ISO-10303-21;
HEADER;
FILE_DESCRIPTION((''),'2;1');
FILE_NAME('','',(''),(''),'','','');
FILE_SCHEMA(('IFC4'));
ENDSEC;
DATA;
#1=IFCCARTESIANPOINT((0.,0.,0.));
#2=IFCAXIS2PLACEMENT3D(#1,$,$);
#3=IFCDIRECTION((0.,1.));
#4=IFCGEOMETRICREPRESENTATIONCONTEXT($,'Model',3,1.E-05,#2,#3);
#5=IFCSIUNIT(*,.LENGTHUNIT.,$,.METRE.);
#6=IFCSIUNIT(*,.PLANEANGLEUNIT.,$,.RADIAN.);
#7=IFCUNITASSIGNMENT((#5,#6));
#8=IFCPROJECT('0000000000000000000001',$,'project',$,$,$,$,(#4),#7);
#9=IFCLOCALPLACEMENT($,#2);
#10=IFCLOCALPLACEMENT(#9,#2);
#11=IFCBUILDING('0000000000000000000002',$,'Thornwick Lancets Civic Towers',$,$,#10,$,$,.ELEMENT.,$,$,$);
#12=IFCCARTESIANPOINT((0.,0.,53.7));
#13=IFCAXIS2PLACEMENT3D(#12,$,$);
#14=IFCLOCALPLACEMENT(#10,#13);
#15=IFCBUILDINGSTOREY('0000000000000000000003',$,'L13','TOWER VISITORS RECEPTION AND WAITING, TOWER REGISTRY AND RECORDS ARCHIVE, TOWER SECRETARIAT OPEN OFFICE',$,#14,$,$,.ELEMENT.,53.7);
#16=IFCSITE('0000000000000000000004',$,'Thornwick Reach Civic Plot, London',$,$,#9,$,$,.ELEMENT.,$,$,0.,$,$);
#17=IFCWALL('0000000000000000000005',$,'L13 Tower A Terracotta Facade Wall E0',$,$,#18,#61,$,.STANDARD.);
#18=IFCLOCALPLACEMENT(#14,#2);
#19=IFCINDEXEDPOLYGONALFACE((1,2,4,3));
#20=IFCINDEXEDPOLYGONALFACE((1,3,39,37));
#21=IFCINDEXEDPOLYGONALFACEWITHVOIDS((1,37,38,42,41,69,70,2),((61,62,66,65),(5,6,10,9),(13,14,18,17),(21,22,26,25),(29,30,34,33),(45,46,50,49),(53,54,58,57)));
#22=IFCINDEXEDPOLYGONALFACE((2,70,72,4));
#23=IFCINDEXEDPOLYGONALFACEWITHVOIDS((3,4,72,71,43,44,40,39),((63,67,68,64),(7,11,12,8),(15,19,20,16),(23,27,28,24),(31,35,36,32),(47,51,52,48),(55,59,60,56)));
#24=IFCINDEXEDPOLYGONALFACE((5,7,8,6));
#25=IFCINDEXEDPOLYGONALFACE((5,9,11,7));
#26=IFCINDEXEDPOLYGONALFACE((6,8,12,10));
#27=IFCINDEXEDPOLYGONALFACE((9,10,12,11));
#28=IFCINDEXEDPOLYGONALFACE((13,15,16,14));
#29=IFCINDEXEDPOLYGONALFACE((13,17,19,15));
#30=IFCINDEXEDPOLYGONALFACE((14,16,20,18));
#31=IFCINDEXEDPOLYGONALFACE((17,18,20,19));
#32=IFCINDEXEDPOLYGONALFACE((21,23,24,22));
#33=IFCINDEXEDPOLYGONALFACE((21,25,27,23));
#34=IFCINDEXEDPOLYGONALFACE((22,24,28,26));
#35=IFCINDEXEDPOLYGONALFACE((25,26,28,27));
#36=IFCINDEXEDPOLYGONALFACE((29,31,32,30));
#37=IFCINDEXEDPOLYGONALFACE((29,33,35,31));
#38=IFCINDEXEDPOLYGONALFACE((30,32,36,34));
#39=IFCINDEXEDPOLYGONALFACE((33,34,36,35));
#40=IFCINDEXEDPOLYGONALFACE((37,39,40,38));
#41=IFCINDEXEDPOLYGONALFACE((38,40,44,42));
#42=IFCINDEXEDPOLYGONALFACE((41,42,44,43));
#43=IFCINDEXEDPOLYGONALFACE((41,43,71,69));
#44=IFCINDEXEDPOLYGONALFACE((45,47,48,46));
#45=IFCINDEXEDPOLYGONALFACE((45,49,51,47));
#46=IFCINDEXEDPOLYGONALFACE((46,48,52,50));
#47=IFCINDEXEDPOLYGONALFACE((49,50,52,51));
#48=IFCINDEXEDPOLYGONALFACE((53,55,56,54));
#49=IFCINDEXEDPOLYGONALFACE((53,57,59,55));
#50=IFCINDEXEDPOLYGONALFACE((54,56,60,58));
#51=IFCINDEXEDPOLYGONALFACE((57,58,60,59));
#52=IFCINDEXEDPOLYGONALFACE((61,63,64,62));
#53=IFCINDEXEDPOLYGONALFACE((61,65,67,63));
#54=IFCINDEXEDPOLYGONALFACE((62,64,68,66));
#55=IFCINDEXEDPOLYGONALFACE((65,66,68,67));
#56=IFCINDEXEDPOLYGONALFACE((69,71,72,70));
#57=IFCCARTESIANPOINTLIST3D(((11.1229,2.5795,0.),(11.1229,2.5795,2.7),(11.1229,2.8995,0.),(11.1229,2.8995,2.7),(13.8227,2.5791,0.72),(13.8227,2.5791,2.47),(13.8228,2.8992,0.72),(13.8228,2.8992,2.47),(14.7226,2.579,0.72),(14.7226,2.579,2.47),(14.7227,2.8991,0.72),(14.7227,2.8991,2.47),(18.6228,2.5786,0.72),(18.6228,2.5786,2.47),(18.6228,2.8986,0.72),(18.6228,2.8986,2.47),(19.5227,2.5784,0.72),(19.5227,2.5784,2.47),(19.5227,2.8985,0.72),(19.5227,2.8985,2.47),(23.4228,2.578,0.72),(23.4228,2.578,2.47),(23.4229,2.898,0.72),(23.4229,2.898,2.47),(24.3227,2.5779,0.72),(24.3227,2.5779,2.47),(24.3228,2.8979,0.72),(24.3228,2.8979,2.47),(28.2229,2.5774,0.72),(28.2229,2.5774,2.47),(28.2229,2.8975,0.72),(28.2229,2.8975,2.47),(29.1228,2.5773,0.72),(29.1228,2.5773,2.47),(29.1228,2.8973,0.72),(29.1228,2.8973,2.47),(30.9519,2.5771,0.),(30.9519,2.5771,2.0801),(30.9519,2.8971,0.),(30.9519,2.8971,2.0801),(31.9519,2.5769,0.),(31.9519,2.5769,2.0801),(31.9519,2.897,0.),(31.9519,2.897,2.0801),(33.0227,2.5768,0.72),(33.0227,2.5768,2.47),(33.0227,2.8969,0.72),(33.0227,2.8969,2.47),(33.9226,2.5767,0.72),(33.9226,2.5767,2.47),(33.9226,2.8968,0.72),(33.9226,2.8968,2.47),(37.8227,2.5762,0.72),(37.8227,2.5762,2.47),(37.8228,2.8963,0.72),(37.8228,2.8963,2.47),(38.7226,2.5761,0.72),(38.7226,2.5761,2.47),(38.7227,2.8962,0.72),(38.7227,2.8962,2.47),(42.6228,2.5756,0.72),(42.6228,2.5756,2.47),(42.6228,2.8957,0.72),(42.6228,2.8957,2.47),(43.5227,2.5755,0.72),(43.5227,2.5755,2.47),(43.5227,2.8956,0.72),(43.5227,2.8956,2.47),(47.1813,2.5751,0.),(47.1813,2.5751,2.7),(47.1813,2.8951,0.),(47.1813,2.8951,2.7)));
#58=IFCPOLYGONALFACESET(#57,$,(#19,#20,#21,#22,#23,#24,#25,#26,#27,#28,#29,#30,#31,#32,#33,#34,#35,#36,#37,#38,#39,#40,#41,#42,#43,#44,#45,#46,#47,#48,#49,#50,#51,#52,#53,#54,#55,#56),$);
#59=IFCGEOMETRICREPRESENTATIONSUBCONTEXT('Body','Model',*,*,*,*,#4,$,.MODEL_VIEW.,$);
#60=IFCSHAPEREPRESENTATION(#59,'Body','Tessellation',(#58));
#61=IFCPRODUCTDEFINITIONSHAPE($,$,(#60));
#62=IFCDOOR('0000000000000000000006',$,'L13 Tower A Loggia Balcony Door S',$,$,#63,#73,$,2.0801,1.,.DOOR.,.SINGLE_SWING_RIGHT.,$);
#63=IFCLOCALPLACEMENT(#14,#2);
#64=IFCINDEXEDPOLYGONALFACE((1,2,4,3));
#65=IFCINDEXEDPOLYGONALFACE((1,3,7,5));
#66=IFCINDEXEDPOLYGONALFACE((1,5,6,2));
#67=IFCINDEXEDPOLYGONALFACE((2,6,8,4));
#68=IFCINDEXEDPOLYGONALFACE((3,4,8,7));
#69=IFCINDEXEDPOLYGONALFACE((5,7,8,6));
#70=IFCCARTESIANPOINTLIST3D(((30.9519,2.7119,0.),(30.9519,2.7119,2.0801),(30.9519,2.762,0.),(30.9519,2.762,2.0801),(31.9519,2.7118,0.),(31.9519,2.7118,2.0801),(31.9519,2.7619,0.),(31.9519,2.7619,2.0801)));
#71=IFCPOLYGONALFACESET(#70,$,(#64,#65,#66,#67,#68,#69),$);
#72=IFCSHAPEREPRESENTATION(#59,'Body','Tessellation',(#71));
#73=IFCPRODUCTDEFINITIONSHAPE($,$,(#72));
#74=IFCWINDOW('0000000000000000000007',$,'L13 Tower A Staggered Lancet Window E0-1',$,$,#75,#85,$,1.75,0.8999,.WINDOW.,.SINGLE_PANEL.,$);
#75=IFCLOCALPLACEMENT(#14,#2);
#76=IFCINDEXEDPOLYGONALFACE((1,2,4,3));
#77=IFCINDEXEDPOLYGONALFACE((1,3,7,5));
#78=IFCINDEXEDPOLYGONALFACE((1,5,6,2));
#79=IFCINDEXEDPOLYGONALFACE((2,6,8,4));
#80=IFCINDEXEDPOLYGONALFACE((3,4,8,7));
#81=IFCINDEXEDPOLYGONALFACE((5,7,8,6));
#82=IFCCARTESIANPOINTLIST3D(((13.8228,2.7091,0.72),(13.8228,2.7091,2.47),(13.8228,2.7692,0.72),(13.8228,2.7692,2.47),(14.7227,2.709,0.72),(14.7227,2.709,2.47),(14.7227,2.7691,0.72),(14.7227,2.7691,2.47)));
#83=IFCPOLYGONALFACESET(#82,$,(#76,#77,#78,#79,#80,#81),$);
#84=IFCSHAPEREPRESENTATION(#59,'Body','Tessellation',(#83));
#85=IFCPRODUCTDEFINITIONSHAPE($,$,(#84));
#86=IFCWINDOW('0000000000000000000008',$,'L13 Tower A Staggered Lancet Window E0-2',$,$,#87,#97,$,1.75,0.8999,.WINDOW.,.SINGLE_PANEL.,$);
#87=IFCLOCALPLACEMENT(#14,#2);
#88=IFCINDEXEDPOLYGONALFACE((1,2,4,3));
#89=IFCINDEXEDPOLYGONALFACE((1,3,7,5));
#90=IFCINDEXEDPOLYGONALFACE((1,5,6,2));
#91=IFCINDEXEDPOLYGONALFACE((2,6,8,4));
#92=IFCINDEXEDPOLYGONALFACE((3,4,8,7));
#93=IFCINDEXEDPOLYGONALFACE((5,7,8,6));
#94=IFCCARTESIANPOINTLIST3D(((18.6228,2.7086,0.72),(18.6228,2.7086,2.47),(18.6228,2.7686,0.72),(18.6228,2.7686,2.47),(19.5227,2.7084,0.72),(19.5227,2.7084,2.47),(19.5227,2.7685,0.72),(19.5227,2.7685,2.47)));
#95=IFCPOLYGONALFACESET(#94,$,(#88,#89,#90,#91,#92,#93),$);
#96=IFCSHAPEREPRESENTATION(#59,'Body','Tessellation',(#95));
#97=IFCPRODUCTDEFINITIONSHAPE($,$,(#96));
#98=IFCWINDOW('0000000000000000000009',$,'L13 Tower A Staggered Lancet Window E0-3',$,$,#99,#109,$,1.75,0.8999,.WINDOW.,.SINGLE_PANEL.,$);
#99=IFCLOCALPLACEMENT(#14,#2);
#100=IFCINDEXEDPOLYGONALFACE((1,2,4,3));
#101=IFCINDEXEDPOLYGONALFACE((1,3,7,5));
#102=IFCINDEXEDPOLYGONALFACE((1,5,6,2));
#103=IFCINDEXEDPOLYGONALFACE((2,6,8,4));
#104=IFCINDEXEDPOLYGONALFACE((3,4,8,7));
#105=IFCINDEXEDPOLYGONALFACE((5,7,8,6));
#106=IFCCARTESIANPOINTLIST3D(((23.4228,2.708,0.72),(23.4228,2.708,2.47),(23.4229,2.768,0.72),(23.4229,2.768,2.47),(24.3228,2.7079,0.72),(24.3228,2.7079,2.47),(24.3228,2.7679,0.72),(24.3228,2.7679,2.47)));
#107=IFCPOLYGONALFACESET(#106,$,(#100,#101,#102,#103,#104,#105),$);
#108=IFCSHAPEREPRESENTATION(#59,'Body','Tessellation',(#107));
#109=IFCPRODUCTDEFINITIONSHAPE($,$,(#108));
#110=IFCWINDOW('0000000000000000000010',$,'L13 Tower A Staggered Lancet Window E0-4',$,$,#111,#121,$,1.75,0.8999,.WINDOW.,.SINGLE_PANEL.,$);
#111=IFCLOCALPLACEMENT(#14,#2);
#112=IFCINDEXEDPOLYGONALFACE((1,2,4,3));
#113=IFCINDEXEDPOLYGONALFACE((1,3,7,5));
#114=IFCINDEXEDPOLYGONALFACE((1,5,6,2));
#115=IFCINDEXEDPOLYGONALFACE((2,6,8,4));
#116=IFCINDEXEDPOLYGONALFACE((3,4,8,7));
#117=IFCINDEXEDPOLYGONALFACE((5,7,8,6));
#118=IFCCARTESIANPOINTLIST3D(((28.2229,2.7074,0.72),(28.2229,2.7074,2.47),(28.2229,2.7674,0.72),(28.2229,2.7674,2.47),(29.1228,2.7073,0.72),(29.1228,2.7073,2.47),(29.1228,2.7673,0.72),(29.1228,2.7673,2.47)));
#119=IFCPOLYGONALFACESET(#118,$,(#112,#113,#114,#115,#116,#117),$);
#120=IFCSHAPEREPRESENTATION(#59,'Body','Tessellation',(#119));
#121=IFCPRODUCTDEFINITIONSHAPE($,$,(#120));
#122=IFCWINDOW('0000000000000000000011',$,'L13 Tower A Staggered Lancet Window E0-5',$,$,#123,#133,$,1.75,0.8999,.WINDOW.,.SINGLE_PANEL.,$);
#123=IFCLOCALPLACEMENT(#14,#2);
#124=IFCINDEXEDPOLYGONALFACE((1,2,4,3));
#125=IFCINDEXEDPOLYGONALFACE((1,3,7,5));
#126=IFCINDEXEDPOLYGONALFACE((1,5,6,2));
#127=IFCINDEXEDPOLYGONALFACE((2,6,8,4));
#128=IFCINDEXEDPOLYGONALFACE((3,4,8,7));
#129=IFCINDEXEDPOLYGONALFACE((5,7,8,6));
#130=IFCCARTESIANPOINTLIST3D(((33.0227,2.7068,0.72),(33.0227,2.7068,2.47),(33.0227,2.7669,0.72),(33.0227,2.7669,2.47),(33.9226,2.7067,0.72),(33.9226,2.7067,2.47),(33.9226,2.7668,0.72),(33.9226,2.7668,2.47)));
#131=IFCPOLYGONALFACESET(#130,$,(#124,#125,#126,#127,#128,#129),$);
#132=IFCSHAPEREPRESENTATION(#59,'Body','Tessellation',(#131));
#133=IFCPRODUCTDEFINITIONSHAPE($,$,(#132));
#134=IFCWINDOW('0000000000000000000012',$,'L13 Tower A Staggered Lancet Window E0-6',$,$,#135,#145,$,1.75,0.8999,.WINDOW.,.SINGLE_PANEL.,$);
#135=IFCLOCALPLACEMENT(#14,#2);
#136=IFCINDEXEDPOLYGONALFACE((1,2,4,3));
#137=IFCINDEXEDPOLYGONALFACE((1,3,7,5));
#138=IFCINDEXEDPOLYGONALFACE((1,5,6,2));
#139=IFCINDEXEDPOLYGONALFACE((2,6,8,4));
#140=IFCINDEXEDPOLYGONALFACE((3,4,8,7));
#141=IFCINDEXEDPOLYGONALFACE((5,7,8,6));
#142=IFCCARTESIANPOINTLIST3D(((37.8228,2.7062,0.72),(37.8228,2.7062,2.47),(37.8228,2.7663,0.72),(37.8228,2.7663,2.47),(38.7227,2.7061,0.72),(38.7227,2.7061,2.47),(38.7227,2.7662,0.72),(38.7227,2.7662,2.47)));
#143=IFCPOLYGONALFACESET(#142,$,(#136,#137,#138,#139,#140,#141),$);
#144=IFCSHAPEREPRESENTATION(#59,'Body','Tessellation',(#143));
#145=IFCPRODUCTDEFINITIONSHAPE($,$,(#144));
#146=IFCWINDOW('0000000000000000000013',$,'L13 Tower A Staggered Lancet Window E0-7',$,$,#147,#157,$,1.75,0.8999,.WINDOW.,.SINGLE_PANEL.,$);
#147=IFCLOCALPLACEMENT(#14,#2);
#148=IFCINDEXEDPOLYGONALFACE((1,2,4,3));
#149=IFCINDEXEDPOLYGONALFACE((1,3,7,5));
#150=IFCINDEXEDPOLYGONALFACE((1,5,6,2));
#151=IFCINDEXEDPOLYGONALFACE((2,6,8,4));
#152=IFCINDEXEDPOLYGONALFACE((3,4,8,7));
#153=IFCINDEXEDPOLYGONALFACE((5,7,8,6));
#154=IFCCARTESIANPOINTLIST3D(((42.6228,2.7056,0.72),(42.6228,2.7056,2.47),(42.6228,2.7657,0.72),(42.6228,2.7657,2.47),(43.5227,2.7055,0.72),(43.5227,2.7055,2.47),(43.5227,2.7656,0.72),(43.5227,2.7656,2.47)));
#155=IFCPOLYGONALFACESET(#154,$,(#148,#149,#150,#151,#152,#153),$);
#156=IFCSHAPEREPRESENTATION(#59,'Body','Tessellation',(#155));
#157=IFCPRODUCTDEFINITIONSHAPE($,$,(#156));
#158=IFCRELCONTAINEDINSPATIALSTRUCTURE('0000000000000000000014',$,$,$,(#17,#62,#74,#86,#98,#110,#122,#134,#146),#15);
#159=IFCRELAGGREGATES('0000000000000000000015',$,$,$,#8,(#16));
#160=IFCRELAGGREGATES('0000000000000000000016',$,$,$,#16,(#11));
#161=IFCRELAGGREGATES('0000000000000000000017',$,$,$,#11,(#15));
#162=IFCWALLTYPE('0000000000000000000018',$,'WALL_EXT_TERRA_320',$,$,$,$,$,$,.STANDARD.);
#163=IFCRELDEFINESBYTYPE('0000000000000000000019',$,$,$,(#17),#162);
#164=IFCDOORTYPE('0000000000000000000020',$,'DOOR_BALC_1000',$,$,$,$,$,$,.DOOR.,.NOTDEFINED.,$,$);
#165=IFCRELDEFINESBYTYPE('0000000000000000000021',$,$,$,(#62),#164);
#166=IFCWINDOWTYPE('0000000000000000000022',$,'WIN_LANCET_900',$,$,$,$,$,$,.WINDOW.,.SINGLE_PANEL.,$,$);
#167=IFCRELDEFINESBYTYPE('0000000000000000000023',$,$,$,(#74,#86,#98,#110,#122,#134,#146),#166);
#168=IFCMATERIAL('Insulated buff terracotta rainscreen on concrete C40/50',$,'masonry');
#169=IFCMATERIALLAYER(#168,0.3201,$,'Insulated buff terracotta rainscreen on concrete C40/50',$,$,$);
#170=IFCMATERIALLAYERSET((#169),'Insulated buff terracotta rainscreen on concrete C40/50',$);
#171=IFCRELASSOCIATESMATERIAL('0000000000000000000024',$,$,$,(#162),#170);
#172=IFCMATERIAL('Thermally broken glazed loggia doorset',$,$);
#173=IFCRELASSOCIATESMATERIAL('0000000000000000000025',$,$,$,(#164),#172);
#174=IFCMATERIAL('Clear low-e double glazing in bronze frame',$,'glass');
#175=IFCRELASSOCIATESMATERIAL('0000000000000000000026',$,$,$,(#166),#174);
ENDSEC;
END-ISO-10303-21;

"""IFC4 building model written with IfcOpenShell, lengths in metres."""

from ifc_helpers import new_model, si_unit, direction, frame, frame_2d, origin, place, context, subcontext, project, spatial, rectangle, extrude, material, layer, layer_set, type_object, element, fill, save


model = new_model("IFC4")

# Units and contexts
model_context = context("Model", 3, precision=1e-05, world=origin(), true_north=direction((0.0, 1.0)))
body_context = subcontext(model_context, "Body", "Model", "MODEL_VIEW")
ifc_project = project(units=[si_unit("LENGTHUNIT", "METRE"), si_unit("PLANEANGLEUNIT", "RADIAN")], contexts=[model_context])

# Site, building, storey
site_placement = place(None, origin())
site = spatial("IfcSite", under=ifc_project, at=site_placement, Name="Thornwick Reach Civic Plot, London", CompositionType="ELEMENT", RefElevation=0.0)
building_placement = place(site_placement, origin())
building = spatial("IfcBuilding", under=site, at=building_placement, Name="Thornwick Lancets Civic Towers", CompositionType="ELEMENT")
storey_placement = place(building_placement, frame((0.0, 0.0, 53.7)))
storey = spatial("IfcBuildingStorey", under=building, at=storey_placement, Name="L13", Description="TOWER VISITORS RECEPTION AND WAITING, TOWER REGISTRY AND RECORDS ARCHIVE, TOWER SECRETARIAT OPEN OFFICE", CompositionType="ELEMENT", Elevation=53.7)

# Wall, openings, door, windows
ifc_material_1 = material(Name="Insulated buff terracotta rainscreen on concrete C40/50", Category="masonry")
ifc_layer_1 = layer(ifc_material_1, 0.3201, Name="Insulated buff terracotta rainscreen on concrete C40/50")
ifc_layer_set_1 = layer_set([ifc_layer_1], Name="Insulated buff terracotta rainscreen on concrete C40/50")
wall_type_1 = type_object("IfcWallType", Name="WALL_EXT_TERRA_320", PredefinedType="STANDARD", material=ifc_layer_set_1)
wall_1_placement = place(storey_placement, frame((11.1228, 2.7395, 0.0), z_axis=(0.0, 0.0, 1.0), x_axis=(1.0, -0.000122, 0.0)))
wall_1 = element("IfcWall", 1, at=wall_1_placement, inside=storey, type_object=wall_type_1, Name="L13 Tower A Terracotta Facade Wall E0", PredefinedType="STANDARD", context=body_context, shape_type="SweptSolid", body=[
    extrude(rectangle(XDim=36.0583, YDim=0.3201, at=frame_2d((18.0293, 0.0))), origin(), (0.0, 0.0, 1.0), 2.7),
])
opening_1_placement = place(wall_1_placement, frame((19.8291, 0.0, 0.0)))
opening_1 = element("IfcOpeningElement", 2, at=opening_1_placement, cuts=wall_1, PredefinedType="OPENING", context=body_context, shape_type="SweptSolid", body=[
    extrude(rectangle(XDim=1.0, YDim=2.0801, at=frame_2d((0.5, 1.04))), frame((0.0, 0.1699, 0.0), z_axis=(0.0, -1.0, 0.0), x_axis=(1.0, 0.0, 0.0)), (0.0, 0.0, 1.0), 0.3401),
])
opening_2_placement = place(wall_1_placement, frame((2.7, 0.0, 0.72)))
opening_2 = element("IfcOpeningElement", 3, at=opening_2_placement, cuts=wall_1, PredefinedType="OPENING", context=body_context, shape_type="SweptSolid", body=[
    extrude(rectangle(XDim=0.8999, YDim=1.75, at=frame_2d((0.45, 0.875))), frame((0.0, 0.1699, 0.0), z_axis=(0.0, -1.0, 0.0), x_axis=(1.0, 0.0, 0.0)), (0.0, 0.0, 1.0), 0.3401),
])
opening_3_placement = place(wall_1_placement, frame((7.5, 0.0, 0.72)))
opening_3 = element("IfcOpeningElement", 4, at=opening_3_placement, cuts=wall_1, PredefinedType="OPENING", context=body_context, shape_type="SweptSolid", body=[
    extrude(rectangle(XDim=0.8999, YDim=1.75, at=frame_2d((0.45, 0.875))), frame((0.0, 0.1699, 0.0), z_axis=(0.0, -1.0, 0.0), x_axis=(1.0, 0.0, 0.0)), (0.0, 0.0, 1.0), 0.3401),
])
opening_4_placement = place(wall_1_placement, frame((12.3, 0.0, 0.72)))
opening_4 = element("IfcOpeningElement", 5, at=opening_4_placement, cuts=wall_1, PredefinedType="OPENING", context=body_context, shape_type="SweptSolid", body=[
    extrude(rectangle(XDim=0.8999, YDim=1.75, at=frame_2d((0.45, 0.875))), frame((0.0, 0.1699, 0.0), z_axis=(0.0, -1.0, 0.0), x_axis=(1.0, 0.0, 0.0)), (0.0, 0.0, 1.0), 0.3401),
])
opening_5_placement = place(wall_1_placement, frame((17.1001, 0.0, 0.72)))
opening_5 = element("IfcOpeningElement", 6, at=opening_5_placement, cuts=wall_1, PredefinedType="OPENING", context=body_context, shape_type="SweptSolid", body=[
    extrude(rectangle(XDim=0.8999, YDim=1.75, at=frame_2d((0.45, 0.875))), frame((0.0, 0.1699, 0.0), z_axis=(0.0, -1.0, 0.0), x_axis=(1.0, 0.0, 0.0)), (0.0, 0.0, 1.0), 0.3401),
])
opening_6_placement = place(wall_1_placement, frame((21.8999, 0.0, 0.72)))
opening_6 = element("IfcOpeningElement", 7, at=opening_6_placement, cuts=wall_1, PredefinedType="OPENING", context=body_context, shape_type="SweptSolid", body=[
    extrude(rectangle(XDim=0.8999, YDim=1.75, at=frame_2d((0.45, 0.875))), frame((0.0, 0.1699, 0.0), z_axis=(0.0, -1.0, 0.0), x_axis=(1.0, 0.0, 0.0)), (0.0, 0.0, 1.0), 0.3401),
])
opening_7_placement = place(wall_1_placement, frame((26.7, 0.0, 0.72)))
opening_7 = element("IfcOpeningElement", 8, at=opening_7_placement, cuts=wall_1, PredefinedType="OPENING", context=body_context, shape_type="SweptSolid", body=[
    extrude(rectangle(XDim=0.8999, YDim=1.75, at=frame_2d((0.45, 0.875))), frame((0.0, 0.1699, 0.0), z_axis=(0.0, -1.0, 0.0), x_axis=(1.0, 0.0, 0.0)), (0.0, 0.0, 1.0), 0.3401),
])
opening_8_placement = place(wall_1_placement, frame((31.5, 0.0, 0.72)))
opening_8 = element("IfcOpeningElement", 9, at=opening_8_placement, cuts=wall_1, PredefinedType="OPENING", context=body_context, shape_type="SweptSolid", body=[
    extrude(rectangle(XDim=0.8999, YDim=1.75, at=frame_2d((0.45, 0.875))), frame((0.0, 0.1699, 0.0), z_axis=(0.0, -1.0, 0.0), x_axis=(1.0, 0.0, 0.0)), (0.0, 0.0, 1.0), 0.3401),
])
ifc_material_2 = material(Name="Thermally broken glazed loggia doorset")
door_type = type_object("IfcDoorType", Name="DOOR_BALC_1000", OperationType="NOTDEFINED", PredefinedType="DOOR", material=ifc_material_2)
door_placement = place(opening_1_placement, origin())
door = element("IfcDoor", 10, at=door_placement, inside=storey, type_object=door_type, Name="L13 Tower A Loggia Balcony Door S", OperationType="SINGLE_SWING_RIGHT", OverallHeight=2.0801, OverallWidth=1.0, PredefinedType="DOOR", context=body_context, shape_type="SweptSolid", body=[
    extrude(rectangle(XDim=1.0, YDim=2.0801, at=frame_2d((0.5, 1.04))), frame((0.0, 0.0249, 0.0), z_axis=(0.0, -1.0, 0.0), x_axis=(1.0, 0.0, 0.0)), (0.0, 0.0, 1.0), 0.05),
])
fill(opening_1, door)
ifc_material_3 = material(Name="Clear low-e double glazing in bronze frame", Category="glass")
window_type = type_object("IfcWindowType", Name="WIN_LANCET_900", PartitioningType="SINGLE_PANEL", PredefinedType="WINDOW", material=ifc_material_3)
window_1_placement = place(opening_2_placement, origin())
window_1 = element("IfcWindow", 11, at=window_1_placement, inside=storey, type_object=window_type, Name="L13 Tower A Staggered Lancet Window E0-1", OverallHeight=1.75, OverallWidth=0.8999, PartitioningType="SINGLE_PANEL", PredefinedType="WINDOW", context=body_context, shape_type="SweptSolid", body=[
    extrude(rectangle(XDim=0.8999, YDim=1.75, at=frame_2d((0.45, 0.875))), frame((0.0, 0.03, 0.0), z_axis=(0.0, -1.0, 0.0), x_axis=(1.0, 0.0, 0.0)), (0.0, 0.0, 1.0), 0.0601),
])
fill(opening_2, window_1)
window_2_placement = place(opening_3_placement, origin())
window_2 = element("IfcWindow", 12, at=window_2_placement, inside=storey, type_object=window_type, Name="L13 Tower A Staggered Lancet Window E0-2", OverallHeight=1.75, OverallWidth=0.8999, PartitioningType="SINGLE_PANEL", PredefinedType="WINDOW", context=body_context, shape_type="SweptSolid", body=[
    extrude(rectangle(XDim=0.8999, YDim=1.75, at=frame_2d((0.45, 0.875))), frame((0.0, 0.03, 0.0), z_axis=(0.0, -1.0, 0.0), x_axis=(1.0, 0.0, 0.0)), (0.0, 0.0, 1.0), 0.0601),
])
fill(opening_3, window_2)
window_3_placement = place(opening_4_placement, origin())
window_3 = element("IfcWindow", 13, at=window_3_placement, inside=storey, type_object=window_type, Name="L13 Tower A Staggered Lancet Window E0-3", OverallHeight=1.75, OverallWidth=0.8999, PartitioningType="SINGLE_PANEL", PredefinedType="WINDOW", context=body_context, shape_type="SweptSolid", body=[
    extrude(rectangle(XDim=0.8999, YDim=1.75, at=frame_2d((0.45, 0.875))), frame((0.0, 0.03, 0.0), z_axis=(0.0, -1.0, 0.0), x_axis=(1.0, 0.0, 0.0)), (0.0, 0.0, 1.0), 0.0601),
])
fill(opening_4, window_3)
window_4_placement = place(opening_5_placement, origin())
window_4 = element("IfcWindow", 14, at=window_4_placement, inside=storey, type_object=window_type, Name="L13 Tower A Staggered Lancet Window E0-4", OverallHeight=1.75, OverallWidth=0.8999, PartitioningType="SINGLE_PANEL", PredefinedType="WINDOW", context=body_context, shape_type="SweptSolid", body=[
    extrude(rectangle(XDim=0.8999, YDim=1.75, at=frame_2d((0.45, 0.875))), frame((0.0, 0.03, 0.0), z_axis=(0.0, -1.0, 0.0), x_axis=(1.0, 0.0, 0.0)), (0.0, 0.0, 1.0), 0.0601),
])
fill(opening_5, window_4)
window_5_placement = place(opening_6_placement, origin())
window_5 = element("IfcWindow", 15, at=window_5_placement, inside=storey, type_object=window_type, Name="L13 Tower A Staggered Lancet Window E0-5", OverallHeight=1.75, OverallWidth=0.8999, PartitioningType="SINGLE_PANEL", PredefinedType="WINDOW", context=body_context, shape_type="SweptSolid", body=[
    extrude(rectangle(XDim=0.8999, YDim=1.75, at=frame_2d((0.45, 0.875))), frame((0.0, 0.03, 0.0), z_axis=(0.0, -1.0, 0.0), x_axis=(1.0, 0.0, 0.0)), (0.0, 0.0, 1.0), 0.0601),
])
fill(opening_6, window_5)
window_6_placement = place(opening_7_placement, origin())
window_6 = element("IfcWindow", 16, at=window_6_placement, inside=storey, type_object=window_type, Name="L13 Tower A Staggered Lancet Window E0-6", OverallHeight=1.75, OverallWidth=0.8999, PartitioningType="SINGLE_PANEL", PredefinedType="WINDOW", context=body_context, shape_type="SweptSolid", body=[
    extrude(rectangle(XDim=0.8999, YDim=1.75, at=frame_2d((0.45, 0.875))), frame((0.0, 0.03, 0.0), z_axis=(0.0, -1.0, 0.0), x_axis=(1.0, 0.0, 0.0)), (0.0, 0.0, 1.0), 0.0601),
])
fill(opening_7, window_6)
window_7_placement = place(opening_8_placement, origin())
window_7 = element("IfcWindow", 17, at=window_7_placement, inside=storey, type_object=window_type, Name="L13 Tower A Staggered Lancet Window E0-7", OverallHeight=1.75, OverallWidth=0.8999, PartitioningType="SINGLE_PANEL", PredefinedType="WINDOW", context=body_context, shape_type="SweptSolid", body=[
    extrude(rectangle(XDim=0.8999, YDim=1.75, at=frame_2d((0.45, 0.875))), frame((0.0, 0.03, 0.0), z_axis=(0.0, -1.0, 0.0), x_axis=(1.0, 0.0, 0.0)), (0.0, 0.0, 1.0), 0.0601),
])
fill(opening_8, window_7)

save(model, "model.ifc")
